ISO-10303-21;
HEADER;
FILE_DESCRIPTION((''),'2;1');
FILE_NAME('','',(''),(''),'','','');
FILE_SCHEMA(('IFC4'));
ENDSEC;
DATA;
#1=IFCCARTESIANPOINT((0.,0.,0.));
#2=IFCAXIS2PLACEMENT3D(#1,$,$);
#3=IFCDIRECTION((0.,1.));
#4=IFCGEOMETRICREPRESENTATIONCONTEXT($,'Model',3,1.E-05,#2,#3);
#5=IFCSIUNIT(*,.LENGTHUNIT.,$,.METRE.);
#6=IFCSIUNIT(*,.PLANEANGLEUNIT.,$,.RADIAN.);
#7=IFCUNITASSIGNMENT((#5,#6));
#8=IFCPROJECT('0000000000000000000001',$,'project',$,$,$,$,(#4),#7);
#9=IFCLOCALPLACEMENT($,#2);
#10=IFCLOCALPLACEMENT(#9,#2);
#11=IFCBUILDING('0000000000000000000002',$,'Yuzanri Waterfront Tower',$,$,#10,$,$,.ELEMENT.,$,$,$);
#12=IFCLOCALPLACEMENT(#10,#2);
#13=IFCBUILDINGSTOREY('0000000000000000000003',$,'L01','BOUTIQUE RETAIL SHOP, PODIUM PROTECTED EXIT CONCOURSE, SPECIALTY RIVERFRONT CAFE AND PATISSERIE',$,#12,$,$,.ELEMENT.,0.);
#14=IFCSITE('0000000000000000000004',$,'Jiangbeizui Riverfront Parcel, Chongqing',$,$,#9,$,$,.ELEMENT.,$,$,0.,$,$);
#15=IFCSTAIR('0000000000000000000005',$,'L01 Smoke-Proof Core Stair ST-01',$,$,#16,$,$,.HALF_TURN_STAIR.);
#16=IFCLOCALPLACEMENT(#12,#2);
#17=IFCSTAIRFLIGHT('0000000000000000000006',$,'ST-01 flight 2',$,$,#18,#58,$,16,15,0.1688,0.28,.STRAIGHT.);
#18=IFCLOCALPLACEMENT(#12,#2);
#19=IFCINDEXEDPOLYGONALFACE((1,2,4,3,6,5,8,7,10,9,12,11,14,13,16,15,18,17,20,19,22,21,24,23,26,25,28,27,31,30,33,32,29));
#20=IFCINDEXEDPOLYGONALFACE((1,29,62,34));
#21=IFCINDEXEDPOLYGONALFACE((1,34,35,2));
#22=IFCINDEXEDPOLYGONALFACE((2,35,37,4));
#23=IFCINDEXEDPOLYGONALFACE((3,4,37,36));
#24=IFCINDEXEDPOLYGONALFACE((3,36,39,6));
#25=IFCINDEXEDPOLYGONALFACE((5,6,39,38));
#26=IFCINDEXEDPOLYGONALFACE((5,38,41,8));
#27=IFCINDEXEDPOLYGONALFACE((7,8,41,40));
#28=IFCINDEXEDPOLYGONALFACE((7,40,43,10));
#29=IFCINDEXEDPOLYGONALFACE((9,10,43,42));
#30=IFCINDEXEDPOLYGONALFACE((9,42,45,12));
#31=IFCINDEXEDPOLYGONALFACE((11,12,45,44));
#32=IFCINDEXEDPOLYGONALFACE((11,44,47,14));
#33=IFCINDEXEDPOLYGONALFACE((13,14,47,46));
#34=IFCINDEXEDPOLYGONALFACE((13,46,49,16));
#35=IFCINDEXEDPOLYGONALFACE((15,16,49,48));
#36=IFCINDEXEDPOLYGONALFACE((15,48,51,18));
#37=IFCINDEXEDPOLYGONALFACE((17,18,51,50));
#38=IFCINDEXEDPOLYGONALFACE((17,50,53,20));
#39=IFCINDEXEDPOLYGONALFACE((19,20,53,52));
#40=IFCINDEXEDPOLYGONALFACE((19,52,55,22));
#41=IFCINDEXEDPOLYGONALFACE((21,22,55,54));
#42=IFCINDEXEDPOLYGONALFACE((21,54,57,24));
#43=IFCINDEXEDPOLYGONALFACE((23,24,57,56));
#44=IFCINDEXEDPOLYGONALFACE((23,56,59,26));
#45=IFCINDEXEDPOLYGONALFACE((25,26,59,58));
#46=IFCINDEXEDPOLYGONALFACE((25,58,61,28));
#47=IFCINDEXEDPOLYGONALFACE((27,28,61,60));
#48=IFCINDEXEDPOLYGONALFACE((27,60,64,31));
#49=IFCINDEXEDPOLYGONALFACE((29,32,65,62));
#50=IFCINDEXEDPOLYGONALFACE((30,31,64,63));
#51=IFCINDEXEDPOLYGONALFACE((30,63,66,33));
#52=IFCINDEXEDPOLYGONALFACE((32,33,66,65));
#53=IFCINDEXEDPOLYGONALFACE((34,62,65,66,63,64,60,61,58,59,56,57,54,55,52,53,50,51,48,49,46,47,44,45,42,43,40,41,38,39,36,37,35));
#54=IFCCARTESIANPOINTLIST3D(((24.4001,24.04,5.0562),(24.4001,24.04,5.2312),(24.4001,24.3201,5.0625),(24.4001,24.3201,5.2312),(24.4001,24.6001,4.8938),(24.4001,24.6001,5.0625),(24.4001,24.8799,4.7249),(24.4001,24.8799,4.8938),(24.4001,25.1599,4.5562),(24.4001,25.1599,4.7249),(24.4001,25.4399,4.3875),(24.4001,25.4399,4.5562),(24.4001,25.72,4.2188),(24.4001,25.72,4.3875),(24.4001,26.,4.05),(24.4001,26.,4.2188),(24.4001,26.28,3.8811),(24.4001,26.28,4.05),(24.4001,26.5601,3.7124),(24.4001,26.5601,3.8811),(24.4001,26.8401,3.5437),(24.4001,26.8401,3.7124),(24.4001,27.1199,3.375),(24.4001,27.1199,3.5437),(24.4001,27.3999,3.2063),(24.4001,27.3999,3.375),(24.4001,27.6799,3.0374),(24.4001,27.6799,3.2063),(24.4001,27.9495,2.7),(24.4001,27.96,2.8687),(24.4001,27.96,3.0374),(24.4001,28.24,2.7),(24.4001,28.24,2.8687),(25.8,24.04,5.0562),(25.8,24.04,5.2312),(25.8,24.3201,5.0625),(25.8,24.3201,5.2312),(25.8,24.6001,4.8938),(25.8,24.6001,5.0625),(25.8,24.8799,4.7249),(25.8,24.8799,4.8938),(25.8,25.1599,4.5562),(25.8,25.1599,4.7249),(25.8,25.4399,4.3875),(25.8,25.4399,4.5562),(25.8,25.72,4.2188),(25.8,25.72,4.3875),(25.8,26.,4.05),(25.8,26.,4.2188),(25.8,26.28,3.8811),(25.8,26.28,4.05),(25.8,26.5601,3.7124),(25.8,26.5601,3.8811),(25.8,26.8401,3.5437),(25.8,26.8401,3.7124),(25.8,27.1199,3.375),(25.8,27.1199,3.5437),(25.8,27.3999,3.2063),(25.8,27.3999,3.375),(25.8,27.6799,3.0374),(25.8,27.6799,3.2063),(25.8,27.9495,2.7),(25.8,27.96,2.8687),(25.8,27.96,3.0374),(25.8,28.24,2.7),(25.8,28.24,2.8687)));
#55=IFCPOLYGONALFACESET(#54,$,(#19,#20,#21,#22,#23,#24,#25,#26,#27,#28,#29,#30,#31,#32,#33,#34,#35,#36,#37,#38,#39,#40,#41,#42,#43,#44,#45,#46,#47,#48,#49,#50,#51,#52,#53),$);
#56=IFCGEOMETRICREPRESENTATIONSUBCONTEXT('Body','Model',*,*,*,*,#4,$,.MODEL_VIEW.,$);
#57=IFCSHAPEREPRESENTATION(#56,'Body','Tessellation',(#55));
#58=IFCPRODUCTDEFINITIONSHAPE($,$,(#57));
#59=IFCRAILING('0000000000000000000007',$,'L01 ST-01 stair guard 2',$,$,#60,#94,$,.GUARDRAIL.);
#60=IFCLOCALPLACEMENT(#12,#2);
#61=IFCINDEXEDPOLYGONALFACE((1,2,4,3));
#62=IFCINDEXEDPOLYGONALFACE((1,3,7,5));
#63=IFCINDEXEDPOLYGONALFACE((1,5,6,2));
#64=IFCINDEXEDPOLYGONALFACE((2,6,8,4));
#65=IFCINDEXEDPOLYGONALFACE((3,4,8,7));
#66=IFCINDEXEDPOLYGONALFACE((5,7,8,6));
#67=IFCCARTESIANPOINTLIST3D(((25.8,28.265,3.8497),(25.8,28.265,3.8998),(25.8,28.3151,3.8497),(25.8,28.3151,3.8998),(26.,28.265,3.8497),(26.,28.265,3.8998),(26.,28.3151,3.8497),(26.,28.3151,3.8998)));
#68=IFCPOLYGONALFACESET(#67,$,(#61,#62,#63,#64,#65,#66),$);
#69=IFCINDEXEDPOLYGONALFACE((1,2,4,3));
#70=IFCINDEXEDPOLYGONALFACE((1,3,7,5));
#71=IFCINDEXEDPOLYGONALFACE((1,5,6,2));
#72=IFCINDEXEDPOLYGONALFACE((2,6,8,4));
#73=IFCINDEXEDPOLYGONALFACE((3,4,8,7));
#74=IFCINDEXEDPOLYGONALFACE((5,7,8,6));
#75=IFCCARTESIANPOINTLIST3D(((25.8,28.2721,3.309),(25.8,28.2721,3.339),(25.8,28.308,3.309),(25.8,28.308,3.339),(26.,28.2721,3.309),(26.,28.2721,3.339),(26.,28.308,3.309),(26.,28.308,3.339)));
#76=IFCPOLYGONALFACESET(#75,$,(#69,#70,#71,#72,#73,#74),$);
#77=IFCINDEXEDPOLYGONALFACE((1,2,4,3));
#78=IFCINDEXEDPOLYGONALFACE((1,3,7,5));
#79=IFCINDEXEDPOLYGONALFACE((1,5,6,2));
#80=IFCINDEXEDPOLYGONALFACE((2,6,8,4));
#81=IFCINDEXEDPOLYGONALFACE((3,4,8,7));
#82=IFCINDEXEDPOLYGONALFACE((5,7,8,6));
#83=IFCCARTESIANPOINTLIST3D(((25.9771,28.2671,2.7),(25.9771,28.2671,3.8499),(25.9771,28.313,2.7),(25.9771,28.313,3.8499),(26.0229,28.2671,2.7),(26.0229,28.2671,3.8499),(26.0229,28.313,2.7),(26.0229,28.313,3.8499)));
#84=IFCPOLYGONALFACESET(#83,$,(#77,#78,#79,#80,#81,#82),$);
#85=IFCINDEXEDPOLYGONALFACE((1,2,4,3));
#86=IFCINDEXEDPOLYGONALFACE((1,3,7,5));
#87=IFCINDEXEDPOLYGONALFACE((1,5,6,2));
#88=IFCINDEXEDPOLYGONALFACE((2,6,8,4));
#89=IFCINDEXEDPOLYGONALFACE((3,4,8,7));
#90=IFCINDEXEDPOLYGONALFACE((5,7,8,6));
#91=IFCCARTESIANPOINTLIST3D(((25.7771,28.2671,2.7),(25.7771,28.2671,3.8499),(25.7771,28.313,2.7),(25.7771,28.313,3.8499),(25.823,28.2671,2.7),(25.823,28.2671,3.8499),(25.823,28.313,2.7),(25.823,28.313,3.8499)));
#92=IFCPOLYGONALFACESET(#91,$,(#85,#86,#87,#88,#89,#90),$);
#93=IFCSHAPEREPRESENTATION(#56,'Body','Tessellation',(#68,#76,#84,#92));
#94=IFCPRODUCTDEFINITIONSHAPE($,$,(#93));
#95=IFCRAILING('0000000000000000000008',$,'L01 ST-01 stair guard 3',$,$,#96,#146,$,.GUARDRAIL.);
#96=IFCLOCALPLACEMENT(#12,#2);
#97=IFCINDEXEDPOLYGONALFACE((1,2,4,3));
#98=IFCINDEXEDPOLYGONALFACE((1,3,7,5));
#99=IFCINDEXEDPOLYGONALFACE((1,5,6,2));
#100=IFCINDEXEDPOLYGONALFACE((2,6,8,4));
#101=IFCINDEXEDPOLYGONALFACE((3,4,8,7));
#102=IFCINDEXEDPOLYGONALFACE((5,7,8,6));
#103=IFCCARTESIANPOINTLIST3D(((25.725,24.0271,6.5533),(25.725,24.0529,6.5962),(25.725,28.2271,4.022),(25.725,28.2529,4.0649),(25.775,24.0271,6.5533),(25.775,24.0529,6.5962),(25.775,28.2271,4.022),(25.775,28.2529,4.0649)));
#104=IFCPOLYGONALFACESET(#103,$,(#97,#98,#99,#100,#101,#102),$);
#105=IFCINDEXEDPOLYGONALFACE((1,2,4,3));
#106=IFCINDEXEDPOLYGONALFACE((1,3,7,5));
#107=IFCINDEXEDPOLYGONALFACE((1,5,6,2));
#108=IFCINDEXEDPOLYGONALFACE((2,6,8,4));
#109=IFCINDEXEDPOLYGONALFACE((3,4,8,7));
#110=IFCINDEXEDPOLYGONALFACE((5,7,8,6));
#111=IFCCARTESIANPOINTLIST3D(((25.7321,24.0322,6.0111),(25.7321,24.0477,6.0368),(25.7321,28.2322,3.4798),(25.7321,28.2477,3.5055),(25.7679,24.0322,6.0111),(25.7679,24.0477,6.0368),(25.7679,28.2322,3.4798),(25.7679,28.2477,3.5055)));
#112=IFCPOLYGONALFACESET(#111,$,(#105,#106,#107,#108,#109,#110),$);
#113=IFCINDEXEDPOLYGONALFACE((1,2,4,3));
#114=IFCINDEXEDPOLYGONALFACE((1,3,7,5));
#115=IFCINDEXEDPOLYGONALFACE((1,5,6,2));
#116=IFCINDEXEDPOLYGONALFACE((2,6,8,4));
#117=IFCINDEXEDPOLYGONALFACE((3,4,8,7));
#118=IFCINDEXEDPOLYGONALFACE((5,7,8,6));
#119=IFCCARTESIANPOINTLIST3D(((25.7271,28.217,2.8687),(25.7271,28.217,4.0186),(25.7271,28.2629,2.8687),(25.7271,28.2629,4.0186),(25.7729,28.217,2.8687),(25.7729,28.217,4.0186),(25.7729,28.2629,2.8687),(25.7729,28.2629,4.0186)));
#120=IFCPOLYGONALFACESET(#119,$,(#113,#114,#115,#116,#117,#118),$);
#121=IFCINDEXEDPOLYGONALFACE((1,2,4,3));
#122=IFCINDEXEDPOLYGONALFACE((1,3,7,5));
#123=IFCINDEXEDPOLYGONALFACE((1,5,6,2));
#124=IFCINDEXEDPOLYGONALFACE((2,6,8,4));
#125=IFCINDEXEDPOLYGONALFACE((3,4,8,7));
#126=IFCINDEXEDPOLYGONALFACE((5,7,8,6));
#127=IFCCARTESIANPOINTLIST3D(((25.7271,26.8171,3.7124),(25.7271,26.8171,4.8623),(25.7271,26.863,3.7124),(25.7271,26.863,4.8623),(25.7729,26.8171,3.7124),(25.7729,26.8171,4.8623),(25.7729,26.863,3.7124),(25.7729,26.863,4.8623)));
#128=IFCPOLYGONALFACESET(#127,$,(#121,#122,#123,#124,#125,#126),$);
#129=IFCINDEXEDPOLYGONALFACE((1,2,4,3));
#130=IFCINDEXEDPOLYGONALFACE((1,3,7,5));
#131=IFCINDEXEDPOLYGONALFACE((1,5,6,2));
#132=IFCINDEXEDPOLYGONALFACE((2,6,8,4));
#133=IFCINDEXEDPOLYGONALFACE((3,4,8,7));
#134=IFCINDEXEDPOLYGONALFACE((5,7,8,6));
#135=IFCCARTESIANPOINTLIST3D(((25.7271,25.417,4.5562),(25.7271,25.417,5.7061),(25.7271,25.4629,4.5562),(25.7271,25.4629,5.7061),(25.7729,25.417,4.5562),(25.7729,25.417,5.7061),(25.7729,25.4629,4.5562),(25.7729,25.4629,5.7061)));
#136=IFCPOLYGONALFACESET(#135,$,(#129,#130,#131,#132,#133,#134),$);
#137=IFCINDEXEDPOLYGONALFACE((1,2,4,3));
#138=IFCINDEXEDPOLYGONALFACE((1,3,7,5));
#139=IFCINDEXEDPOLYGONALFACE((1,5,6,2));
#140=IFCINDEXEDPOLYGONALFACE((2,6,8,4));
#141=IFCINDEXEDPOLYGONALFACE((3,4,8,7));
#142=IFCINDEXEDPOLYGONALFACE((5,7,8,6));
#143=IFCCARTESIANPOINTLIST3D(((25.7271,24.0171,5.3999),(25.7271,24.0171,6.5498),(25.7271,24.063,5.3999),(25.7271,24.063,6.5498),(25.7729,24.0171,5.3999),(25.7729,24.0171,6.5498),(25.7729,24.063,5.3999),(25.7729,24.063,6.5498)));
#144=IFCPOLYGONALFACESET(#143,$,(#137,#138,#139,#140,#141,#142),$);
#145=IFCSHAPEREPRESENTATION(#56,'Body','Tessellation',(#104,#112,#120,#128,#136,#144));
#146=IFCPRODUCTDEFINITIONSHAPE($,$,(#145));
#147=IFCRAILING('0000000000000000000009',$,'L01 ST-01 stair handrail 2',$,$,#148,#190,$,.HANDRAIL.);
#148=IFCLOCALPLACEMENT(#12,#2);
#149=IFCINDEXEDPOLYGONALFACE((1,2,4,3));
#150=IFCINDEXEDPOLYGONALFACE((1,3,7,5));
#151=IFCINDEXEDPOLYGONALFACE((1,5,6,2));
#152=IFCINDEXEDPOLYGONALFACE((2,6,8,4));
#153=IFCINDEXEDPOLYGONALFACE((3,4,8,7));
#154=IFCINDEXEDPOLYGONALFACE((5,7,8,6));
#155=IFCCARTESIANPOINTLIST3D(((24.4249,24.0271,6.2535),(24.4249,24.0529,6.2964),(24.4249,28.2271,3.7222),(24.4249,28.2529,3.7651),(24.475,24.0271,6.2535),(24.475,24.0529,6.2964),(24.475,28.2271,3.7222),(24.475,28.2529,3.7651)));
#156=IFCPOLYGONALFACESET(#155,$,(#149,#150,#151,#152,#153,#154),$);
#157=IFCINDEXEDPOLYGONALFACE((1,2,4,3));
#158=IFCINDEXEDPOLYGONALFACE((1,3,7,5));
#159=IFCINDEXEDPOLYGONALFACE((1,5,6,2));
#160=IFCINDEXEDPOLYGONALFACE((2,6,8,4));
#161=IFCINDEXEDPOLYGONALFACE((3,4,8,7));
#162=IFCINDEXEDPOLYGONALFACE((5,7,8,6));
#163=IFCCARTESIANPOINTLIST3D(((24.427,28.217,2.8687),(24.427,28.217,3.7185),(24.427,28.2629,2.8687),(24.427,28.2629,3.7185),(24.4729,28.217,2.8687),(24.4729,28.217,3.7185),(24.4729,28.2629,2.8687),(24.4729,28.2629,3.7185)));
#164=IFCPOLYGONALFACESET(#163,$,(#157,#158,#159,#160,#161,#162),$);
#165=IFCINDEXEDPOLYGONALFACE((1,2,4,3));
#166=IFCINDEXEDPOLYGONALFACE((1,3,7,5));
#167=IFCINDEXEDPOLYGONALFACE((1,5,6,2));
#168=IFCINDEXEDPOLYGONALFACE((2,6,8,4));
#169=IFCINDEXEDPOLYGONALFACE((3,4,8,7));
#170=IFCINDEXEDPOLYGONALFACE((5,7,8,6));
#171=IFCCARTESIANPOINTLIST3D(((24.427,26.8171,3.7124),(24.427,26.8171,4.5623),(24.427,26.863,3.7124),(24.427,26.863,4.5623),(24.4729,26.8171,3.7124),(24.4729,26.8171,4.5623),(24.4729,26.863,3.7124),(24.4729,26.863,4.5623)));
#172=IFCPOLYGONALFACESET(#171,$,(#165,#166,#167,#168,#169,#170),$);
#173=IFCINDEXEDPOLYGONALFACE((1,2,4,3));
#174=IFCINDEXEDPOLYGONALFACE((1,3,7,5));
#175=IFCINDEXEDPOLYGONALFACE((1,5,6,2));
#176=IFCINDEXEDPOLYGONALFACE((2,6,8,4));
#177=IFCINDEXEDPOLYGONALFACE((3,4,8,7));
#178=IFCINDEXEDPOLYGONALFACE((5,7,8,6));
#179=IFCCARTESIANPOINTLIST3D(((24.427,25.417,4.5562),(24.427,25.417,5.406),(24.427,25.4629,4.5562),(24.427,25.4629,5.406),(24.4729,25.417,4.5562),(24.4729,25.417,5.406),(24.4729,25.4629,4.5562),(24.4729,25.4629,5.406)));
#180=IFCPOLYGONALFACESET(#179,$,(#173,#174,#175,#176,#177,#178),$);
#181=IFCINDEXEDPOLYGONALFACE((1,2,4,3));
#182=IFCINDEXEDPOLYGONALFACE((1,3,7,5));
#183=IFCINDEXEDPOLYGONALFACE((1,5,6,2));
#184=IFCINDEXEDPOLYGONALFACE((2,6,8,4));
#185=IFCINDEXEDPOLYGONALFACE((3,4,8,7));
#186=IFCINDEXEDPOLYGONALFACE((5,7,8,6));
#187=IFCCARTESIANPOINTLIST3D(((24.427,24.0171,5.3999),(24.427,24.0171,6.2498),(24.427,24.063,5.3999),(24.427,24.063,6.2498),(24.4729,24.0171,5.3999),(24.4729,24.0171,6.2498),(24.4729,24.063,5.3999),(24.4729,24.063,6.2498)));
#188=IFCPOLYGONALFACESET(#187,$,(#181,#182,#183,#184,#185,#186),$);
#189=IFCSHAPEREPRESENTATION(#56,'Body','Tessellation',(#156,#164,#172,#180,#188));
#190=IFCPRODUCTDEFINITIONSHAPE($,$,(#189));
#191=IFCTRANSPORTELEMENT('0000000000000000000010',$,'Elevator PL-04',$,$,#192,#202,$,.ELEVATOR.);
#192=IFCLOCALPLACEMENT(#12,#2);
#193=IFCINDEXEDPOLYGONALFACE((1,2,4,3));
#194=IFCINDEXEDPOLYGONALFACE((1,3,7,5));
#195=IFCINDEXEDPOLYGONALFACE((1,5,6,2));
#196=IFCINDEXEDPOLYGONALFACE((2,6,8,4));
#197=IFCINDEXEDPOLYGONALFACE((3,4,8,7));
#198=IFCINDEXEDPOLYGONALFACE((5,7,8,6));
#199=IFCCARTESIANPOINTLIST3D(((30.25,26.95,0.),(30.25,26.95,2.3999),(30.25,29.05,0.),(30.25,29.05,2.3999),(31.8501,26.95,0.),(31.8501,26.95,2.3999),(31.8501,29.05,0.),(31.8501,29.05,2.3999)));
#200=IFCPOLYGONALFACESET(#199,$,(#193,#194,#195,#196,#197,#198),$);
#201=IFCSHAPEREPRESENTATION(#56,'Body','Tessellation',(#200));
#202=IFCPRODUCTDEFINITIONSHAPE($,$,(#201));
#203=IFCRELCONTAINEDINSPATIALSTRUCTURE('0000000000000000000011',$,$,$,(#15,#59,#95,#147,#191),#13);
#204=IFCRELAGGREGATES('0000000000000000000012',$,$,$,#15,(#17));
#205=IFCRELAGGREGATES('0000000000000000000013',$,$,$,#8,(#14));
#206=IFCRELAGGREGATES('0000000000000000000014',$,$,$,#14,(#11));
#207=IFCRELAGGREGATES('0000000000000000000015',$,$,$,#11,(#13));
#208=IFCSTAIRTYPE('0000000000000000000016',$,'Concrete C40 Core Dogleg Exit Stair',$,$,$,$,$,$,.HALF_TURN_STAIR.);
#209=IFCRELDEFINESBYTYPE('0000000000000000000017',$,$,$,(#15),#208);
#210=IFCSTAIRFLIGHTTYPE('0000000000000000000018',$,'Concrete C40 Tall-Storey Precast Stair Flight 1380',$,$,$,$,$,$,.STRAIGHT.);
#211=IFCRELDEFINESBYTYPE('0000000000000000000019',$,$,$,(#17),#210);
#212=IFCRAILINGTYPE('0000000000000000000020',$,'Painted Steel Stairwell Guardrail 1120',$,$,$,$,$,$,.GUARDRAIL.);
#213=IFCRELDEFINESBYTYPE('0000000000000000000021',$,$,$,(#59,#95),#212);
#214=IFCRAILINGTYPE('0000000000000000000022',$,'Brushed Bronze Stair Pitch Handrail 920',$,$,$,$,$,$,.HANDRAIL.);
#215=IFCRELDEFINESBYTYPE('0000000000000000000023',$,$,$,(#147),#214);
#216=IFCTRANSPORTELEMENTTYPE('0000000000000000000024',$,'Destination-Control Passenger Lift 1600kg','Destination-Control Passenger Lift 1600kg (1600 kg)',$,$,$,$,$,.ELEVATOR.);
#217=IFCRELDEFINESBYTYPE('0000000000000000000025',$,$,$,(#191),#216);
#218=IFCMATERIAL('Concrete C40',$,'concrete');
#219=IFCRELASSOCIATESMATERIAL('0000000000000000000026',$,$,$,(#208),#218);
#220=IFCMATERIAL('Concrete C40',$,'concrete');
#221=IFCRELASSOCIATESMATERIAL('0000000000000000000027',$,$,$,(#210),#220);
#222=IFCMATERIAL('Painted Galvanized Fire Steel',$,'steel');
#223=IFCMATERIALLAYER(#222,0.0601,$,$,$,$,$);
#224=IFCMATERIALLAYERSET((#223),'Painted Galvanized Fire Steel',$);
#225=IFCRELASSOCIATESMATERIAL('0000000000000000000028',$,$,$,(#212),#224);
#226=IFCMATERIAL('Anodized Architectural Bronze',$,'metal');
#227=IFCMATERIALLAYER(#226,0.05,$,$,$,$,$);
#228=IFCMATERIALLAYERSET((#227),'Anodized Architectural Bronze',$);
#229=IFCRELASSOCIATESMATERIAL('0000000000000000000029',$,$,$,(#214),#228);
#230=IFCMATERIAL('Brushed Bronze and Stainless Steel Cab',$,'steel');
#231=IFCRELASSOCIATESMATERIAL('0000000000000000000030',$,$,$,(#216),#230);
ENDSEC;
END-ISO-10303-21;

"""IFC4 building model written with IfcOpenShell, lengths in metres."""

from ifc_helpers import new_model, si_unit, direction, frame, origin, origin_2d, place, context, subcontext, project, spatial, polyline, rectangle, outline, extrude, source, transform, mapped, material, layer, layer_set, type_object, element, aggregate, save


model = new_model("IFC4")

# Units and contexts
model_context = context("Model", 3, precision=1e-05, world=origin(), true_north=direction((0.0, 1.0)))
body_context = subcontext(model_context, "Body", "Model", "MODEL_VIEW")
ifc_project = project(units=[si_unit("LENGTHUNIT", "METRE"), si_unit("PLANEANGLEUNIT", "RADIAN")], contexts=[model_context])

# Site, building, storey
site_placement = place(None, origin())
site = spatial("IfcSite", under=ifc_project, at=site_placement, Name="Jiangbeizui Riverfront Parcel, Chongqing", CompositionType="ELEMENT", RefElevation=0.0)
building_placement = place(site_placement, origin())
building = spatial("IfcBuilding", under=site, at=building_placement, Name="Yuzanri Waterfront Tower", CompositionType="ELEMENT")
storey_placement = place(building_placement, origin())
storey = spatial("IfcBuildingStorey", under=building, at=storey_placement, Name="L01", Description="BOUTIQUE RETAIL SHOP, PODIUM PROTECTED EXIT CONCOURSE, SPECIALTY RIVERFRONT CAFE AND PATISSERIE", CompositionType="ELEMENT", Elevation=0.0)

# Stair, stair flight
ifc_material_1 = material(Name="Concrete C40", Category="concrete")
stair_type = type_object("IfcStairType", Name="Concrete C40 Core Dogleg Exit Stair", PredefinedType="HALF_TURN_STAIR", material=ifc_material_1)
stair_placement = place(storey_placement, origin())
stair = element("IfcStair", 1, at=stair_placement, inside=storey, type_object=stair_type, Name="L01 Smoke-Proof Core Stair ST-01", PredefinedType="HALF_TURN_STAIR")
ifc_material_2 = material(Name="Concrete C40", Category="concrete")
stair_flight_type = type_object("IfcStairFlightType", Name="Concrete C40 Tall-Storey Precast Stair Flight 1380", PredefinedType="STRAIGHT", material=ifc_material_2)
shared_shape_1 = source(origin(), body_context, "Body", "SweptSolid", [
    extrude(outline(polyline([(0.0, 0.0), (0.0, 0.1687), (0.28, 0.1687), (0.28, 0.3374), (0.5601, 0.3374), (0.5601, 0.5063), (0.8401, 0.5063), (0.8401, 0.675), (1.1201, 0.675), (1.1201, 0.8438), (1.3999, 0.8438), (1.3999, 1.0125), (1.6799, 1.0125), (1.6799, 1.1812), (1.96, 1.1812), (1.96, 1.3501), (2.24, 1.3501), (2.24, 1.5188), (2.52, 1.5188), (2.52, 1.6875), (2.8, 1.6875), (2.8, 1.8562), (3.0801, 1.8562), (3.0801, 2.0249), (3.3601, 2.0249), (3.3601, 2.1938), (3.6399, 2.1938), (3.6399, 2.3625), (3.9199, 2.3625), (3.9199, 2.5312), (4.2, 2.5312), (4.2, 2.7), (4.2, 2.3562), (0.2905, 0.0), (0.0, 0.0)])), frame((0.0, 0.7, 0.0), z_axis=(0.0, -1.0, 0.0), x_axis=(1.0, 0.0, 0.0)), (0.0, 0.0, 1.0), 1.3999),
])
stair_flight_placement = place(storey_placement, frame((25.1001, 28.24, 2.7), z_axis=(0.0, 0.0, 1.0), x_axis=(0.0, -1.0, 0.0)))
stair_flight = element("IfcStairFlight", 2, at=stair_flight_placement, type_object=stair_flight_type, Name="ST-01 flight 2", NumberOfRisers=16, NumberOfTreads=15, PredefinedType="STRAIGHT", RiserHeight=0.1688, TreadLength=0.28, context=body_context, shape_type="MappedRepresentation", body=[
    mapped(shared_shape_1, transform((0.0, 0.0, 0.0), scale=1.0)),
])
aggregate(stair, [stair_flight])

# Railings
ifc_material_3 = material(Name="Painted Galvanized Fire Steel", Category="steel")
ifc_layer_1 = layer(ifc_material_3, 0.0601)
ifc_layer_set_1 = layer_set([ifc_layer_1], Name="Painted Galvanized Fire Steel")
railing_type_1 = type_object("IfcRailingType", Name="Painted Steel Stairwell Guardrail 1120", PredefinedType="GUARDRAIL", material=ifc_layer_set_1)
shared_shape_2 = source(origin(), body_context, "Body", "SweptSolid", [
    extrude(rectangle(XDim=0.05, YDim=0.05, at=origin_2d()), frame((0.0, 0.0, 1.1748), z_axis=(-1.0, 0.0, 0.0), x_axis=(0.0, -1.0, 0.0)), (0.0, 0.0, 1.0), 0.2),
    extrude(rectangle(XDim=0.0359, YDim=0.03, at=origin_2d()), frame((0.0, 0.0, 0.624), z_axis=(-1.0, 0.0, 0.0), x_axis=(0.0, -1.0, 0.0)), (0.0, 0.0, 1.0), 0.2),
    extrude(rectangle(XDim=0.0459, YDim=0.0459, at=origin_2d()), origin(), (0.0, 0.0, 1.0), 1.1499),
    extrude(rectangle(XDim=0.0459, YDim=0.0459, at=origin_2d()), frame((-0.2, 0.0, 0.0)), (0.0, 0.0, 1.0), 1.1499),
])
railing_1_placement = place(storey_placement, frame((26.0, 28.29, 2.7)))
element("IfcRailing", 3, at=railing_1_placement, inside=storey, type_object=railing_type_1, Name="L01 ST-01 stair guard 2", PredefinedType="GUARDRAIL", context=body_context, shape_type="MappedRepresentation", body=[
    mapped(shared_shape_2, transform((0.0, 0.0, 0.0), scale=1.0)),
])
shared_shape_3 = source(origin(), body_context, "Body", "SweptSolid", [
    extrude(rectangle(XDim=0.05, YDim=0.05, at=origin_2d()), frame((0.0, 0.0, 1.1748), z_axis=(0.0, -0.856476, 0.516186), x_axis=(1.0, 0.0, 0.0)), (0.0, 0.0, 1.0), 4.9038),
    extrude(rectangle(XDim=0.0359, YDim=0.03, at=origin_2d()), frame((0.0, 0.0, 0.624), z_axis=(0.0, -0.856476, 0.516186), x_axis=(1.0, 0.0, 0.0)), (0.0, 0.0, 1.0), 4.9038),
    extrude(rectangle(XDim=0.0459, YDim=0.0459, at=origin_2d()), origin(), (0.0, 0.0, 1.0), 1.1499),
    extrude(rectangle(XDim=0.0459, YDim=0.0459, at=origin_2d()), frame((0.0, -1.3999, 0.8438)), (0.0, 0.0, 1.0), 1.1499),
    extrude(rectangle(XDim=0.0459, YDim=0.0459, at=origin_2d()), frame((0.0, -2.8, 1.6875)), (0.0, 0.0, 1.0), 1.1499),
    extrude(rectangle(XDim=0.0459, YDim=0.0459, at=origin_2d()), frame((0.0, -4.2, 2.5312)), (0.0, 0.0, 1.0), 1.1499),
])
railing_2_placement = place(storey_placement, frame((25.75, 28.24, 2.8687)))
element("IfcRailing", 4, at=railing_2_placement, inside=storey, type_object=railing_type_1, Name="L01 ST-01 stair guard 3", PredefinedType="GUARDRAIL", context=body_context, shape_type="MappedRepresentation", body=[
    mapped(shared_shape_3, transform((0.0, 0.0, 0.0), scale=1.0)),
])
ifc_material_4 = material(Name="Anodized Architectural Bronze", Category="metal")
ifc_layer_2 = layer(ifc_material_4, 0.05)
ifc_layer_set_2 = layer_set([ifc_layer_2], Name="Anodized Architectural Bronze")
railing_type_2 = type_object("IfcRailingType", Name="Brushed Bronze Stair Pitch Handrail 920", PredefinedType="HANDRAIL", material=ifc_layer_set_2)
shared_shape_4 = source(origin(), body_context, "Body", "SweptSolid", [
    extrude(rectangle(XDim=0.05, YDim=0.05, at=origin_2d()), frame((0.0, 0.0, 0.875), z_axis=(0.0, -0.856476, 0.516186), x_axis=(1.0, 0.0, 0.0)), (0.0, 0.0, 1.0), 4.9038),
    extrude(rectangle(XDim=0.0459, YDim=0.0459, at=origin_2d()), origin(), (0.0, 0.0, 1.0), 0.8499),
    extrude(rectangle(XDim=0.0459, YDim=0.0459, at=origin_2d()), frame((0.0, -1.3999, 0.8438)), (0.0, 0.0, 1.0), 0.8499),
    extrude(rectangle(XDim=0.0459, YDim=0.0459, at=origin_2d()), frame((0.0, -2.8, 1.6875)), (0.0, 0.0, 1.0), 0.8499),
    extrude(rectangle(XDim=0.0459, YDim=0.0459, at=origin_2d()), frame((0.0, -4.2, 2.5312)), (0.0, 0.0, 1.0), 0.8499),
])
railing_3_placement = place(storey_placement, frame((24.45, 28.24, 2.8687)))
element("IfcRailing", 5, at=railing_3_placement, inside=storey, type_object=railing_type_2, Name="L01 ST-01 stair handrail 2", PredefinedType="HANDRAIL", context=body_context, shape_type="MappedRepresentation", body=[
    mapped(shared_shape_4, transform((0.0, 0.0, 0.0), scale=1.0)),
])

# Transport element
ifc_material_5 = material(Name="Brushed Bronze and Stainless Steel Cab", Category="steel")
transport_element_type = type_object("IfcTransportElementType", Name="Destination-Control Passenger Lift 1600kg", Description="Destination-Control Passenger Lift 1600kg (1600 kg)", PredefinedType="ELEVATOR", material=ifc_material_5)
shared_shape_5 = source(origin(), body_context, "Body", "SweptSolid", [
    extrude(rectangle(XDim=1.6001, YDim=2.1001, at=origin_2d()), origin(), (0.0, 0.0, 1.0), 2.3999),
])
transport_element_placement = place(storey_placement, frame((31.05, 28.0, 0.0), z_axis=(0.0, 0.0, 1.0), x_axis=(1.0, 0.0, 0.0)))
element("IfcTransportElement", 6, at=transport_element_placement, inside=storey, type_object=transport_element_type, Name="Elevator PL-04", PredefinedType="ELEVATOR", context=body_context, shape_type="MappedRepresentation", body=[
    mapped(shared_shape_5, transform((0.0, 0.0, 0.0), scale=1.0)),
])

save(model, "model.ifc")
